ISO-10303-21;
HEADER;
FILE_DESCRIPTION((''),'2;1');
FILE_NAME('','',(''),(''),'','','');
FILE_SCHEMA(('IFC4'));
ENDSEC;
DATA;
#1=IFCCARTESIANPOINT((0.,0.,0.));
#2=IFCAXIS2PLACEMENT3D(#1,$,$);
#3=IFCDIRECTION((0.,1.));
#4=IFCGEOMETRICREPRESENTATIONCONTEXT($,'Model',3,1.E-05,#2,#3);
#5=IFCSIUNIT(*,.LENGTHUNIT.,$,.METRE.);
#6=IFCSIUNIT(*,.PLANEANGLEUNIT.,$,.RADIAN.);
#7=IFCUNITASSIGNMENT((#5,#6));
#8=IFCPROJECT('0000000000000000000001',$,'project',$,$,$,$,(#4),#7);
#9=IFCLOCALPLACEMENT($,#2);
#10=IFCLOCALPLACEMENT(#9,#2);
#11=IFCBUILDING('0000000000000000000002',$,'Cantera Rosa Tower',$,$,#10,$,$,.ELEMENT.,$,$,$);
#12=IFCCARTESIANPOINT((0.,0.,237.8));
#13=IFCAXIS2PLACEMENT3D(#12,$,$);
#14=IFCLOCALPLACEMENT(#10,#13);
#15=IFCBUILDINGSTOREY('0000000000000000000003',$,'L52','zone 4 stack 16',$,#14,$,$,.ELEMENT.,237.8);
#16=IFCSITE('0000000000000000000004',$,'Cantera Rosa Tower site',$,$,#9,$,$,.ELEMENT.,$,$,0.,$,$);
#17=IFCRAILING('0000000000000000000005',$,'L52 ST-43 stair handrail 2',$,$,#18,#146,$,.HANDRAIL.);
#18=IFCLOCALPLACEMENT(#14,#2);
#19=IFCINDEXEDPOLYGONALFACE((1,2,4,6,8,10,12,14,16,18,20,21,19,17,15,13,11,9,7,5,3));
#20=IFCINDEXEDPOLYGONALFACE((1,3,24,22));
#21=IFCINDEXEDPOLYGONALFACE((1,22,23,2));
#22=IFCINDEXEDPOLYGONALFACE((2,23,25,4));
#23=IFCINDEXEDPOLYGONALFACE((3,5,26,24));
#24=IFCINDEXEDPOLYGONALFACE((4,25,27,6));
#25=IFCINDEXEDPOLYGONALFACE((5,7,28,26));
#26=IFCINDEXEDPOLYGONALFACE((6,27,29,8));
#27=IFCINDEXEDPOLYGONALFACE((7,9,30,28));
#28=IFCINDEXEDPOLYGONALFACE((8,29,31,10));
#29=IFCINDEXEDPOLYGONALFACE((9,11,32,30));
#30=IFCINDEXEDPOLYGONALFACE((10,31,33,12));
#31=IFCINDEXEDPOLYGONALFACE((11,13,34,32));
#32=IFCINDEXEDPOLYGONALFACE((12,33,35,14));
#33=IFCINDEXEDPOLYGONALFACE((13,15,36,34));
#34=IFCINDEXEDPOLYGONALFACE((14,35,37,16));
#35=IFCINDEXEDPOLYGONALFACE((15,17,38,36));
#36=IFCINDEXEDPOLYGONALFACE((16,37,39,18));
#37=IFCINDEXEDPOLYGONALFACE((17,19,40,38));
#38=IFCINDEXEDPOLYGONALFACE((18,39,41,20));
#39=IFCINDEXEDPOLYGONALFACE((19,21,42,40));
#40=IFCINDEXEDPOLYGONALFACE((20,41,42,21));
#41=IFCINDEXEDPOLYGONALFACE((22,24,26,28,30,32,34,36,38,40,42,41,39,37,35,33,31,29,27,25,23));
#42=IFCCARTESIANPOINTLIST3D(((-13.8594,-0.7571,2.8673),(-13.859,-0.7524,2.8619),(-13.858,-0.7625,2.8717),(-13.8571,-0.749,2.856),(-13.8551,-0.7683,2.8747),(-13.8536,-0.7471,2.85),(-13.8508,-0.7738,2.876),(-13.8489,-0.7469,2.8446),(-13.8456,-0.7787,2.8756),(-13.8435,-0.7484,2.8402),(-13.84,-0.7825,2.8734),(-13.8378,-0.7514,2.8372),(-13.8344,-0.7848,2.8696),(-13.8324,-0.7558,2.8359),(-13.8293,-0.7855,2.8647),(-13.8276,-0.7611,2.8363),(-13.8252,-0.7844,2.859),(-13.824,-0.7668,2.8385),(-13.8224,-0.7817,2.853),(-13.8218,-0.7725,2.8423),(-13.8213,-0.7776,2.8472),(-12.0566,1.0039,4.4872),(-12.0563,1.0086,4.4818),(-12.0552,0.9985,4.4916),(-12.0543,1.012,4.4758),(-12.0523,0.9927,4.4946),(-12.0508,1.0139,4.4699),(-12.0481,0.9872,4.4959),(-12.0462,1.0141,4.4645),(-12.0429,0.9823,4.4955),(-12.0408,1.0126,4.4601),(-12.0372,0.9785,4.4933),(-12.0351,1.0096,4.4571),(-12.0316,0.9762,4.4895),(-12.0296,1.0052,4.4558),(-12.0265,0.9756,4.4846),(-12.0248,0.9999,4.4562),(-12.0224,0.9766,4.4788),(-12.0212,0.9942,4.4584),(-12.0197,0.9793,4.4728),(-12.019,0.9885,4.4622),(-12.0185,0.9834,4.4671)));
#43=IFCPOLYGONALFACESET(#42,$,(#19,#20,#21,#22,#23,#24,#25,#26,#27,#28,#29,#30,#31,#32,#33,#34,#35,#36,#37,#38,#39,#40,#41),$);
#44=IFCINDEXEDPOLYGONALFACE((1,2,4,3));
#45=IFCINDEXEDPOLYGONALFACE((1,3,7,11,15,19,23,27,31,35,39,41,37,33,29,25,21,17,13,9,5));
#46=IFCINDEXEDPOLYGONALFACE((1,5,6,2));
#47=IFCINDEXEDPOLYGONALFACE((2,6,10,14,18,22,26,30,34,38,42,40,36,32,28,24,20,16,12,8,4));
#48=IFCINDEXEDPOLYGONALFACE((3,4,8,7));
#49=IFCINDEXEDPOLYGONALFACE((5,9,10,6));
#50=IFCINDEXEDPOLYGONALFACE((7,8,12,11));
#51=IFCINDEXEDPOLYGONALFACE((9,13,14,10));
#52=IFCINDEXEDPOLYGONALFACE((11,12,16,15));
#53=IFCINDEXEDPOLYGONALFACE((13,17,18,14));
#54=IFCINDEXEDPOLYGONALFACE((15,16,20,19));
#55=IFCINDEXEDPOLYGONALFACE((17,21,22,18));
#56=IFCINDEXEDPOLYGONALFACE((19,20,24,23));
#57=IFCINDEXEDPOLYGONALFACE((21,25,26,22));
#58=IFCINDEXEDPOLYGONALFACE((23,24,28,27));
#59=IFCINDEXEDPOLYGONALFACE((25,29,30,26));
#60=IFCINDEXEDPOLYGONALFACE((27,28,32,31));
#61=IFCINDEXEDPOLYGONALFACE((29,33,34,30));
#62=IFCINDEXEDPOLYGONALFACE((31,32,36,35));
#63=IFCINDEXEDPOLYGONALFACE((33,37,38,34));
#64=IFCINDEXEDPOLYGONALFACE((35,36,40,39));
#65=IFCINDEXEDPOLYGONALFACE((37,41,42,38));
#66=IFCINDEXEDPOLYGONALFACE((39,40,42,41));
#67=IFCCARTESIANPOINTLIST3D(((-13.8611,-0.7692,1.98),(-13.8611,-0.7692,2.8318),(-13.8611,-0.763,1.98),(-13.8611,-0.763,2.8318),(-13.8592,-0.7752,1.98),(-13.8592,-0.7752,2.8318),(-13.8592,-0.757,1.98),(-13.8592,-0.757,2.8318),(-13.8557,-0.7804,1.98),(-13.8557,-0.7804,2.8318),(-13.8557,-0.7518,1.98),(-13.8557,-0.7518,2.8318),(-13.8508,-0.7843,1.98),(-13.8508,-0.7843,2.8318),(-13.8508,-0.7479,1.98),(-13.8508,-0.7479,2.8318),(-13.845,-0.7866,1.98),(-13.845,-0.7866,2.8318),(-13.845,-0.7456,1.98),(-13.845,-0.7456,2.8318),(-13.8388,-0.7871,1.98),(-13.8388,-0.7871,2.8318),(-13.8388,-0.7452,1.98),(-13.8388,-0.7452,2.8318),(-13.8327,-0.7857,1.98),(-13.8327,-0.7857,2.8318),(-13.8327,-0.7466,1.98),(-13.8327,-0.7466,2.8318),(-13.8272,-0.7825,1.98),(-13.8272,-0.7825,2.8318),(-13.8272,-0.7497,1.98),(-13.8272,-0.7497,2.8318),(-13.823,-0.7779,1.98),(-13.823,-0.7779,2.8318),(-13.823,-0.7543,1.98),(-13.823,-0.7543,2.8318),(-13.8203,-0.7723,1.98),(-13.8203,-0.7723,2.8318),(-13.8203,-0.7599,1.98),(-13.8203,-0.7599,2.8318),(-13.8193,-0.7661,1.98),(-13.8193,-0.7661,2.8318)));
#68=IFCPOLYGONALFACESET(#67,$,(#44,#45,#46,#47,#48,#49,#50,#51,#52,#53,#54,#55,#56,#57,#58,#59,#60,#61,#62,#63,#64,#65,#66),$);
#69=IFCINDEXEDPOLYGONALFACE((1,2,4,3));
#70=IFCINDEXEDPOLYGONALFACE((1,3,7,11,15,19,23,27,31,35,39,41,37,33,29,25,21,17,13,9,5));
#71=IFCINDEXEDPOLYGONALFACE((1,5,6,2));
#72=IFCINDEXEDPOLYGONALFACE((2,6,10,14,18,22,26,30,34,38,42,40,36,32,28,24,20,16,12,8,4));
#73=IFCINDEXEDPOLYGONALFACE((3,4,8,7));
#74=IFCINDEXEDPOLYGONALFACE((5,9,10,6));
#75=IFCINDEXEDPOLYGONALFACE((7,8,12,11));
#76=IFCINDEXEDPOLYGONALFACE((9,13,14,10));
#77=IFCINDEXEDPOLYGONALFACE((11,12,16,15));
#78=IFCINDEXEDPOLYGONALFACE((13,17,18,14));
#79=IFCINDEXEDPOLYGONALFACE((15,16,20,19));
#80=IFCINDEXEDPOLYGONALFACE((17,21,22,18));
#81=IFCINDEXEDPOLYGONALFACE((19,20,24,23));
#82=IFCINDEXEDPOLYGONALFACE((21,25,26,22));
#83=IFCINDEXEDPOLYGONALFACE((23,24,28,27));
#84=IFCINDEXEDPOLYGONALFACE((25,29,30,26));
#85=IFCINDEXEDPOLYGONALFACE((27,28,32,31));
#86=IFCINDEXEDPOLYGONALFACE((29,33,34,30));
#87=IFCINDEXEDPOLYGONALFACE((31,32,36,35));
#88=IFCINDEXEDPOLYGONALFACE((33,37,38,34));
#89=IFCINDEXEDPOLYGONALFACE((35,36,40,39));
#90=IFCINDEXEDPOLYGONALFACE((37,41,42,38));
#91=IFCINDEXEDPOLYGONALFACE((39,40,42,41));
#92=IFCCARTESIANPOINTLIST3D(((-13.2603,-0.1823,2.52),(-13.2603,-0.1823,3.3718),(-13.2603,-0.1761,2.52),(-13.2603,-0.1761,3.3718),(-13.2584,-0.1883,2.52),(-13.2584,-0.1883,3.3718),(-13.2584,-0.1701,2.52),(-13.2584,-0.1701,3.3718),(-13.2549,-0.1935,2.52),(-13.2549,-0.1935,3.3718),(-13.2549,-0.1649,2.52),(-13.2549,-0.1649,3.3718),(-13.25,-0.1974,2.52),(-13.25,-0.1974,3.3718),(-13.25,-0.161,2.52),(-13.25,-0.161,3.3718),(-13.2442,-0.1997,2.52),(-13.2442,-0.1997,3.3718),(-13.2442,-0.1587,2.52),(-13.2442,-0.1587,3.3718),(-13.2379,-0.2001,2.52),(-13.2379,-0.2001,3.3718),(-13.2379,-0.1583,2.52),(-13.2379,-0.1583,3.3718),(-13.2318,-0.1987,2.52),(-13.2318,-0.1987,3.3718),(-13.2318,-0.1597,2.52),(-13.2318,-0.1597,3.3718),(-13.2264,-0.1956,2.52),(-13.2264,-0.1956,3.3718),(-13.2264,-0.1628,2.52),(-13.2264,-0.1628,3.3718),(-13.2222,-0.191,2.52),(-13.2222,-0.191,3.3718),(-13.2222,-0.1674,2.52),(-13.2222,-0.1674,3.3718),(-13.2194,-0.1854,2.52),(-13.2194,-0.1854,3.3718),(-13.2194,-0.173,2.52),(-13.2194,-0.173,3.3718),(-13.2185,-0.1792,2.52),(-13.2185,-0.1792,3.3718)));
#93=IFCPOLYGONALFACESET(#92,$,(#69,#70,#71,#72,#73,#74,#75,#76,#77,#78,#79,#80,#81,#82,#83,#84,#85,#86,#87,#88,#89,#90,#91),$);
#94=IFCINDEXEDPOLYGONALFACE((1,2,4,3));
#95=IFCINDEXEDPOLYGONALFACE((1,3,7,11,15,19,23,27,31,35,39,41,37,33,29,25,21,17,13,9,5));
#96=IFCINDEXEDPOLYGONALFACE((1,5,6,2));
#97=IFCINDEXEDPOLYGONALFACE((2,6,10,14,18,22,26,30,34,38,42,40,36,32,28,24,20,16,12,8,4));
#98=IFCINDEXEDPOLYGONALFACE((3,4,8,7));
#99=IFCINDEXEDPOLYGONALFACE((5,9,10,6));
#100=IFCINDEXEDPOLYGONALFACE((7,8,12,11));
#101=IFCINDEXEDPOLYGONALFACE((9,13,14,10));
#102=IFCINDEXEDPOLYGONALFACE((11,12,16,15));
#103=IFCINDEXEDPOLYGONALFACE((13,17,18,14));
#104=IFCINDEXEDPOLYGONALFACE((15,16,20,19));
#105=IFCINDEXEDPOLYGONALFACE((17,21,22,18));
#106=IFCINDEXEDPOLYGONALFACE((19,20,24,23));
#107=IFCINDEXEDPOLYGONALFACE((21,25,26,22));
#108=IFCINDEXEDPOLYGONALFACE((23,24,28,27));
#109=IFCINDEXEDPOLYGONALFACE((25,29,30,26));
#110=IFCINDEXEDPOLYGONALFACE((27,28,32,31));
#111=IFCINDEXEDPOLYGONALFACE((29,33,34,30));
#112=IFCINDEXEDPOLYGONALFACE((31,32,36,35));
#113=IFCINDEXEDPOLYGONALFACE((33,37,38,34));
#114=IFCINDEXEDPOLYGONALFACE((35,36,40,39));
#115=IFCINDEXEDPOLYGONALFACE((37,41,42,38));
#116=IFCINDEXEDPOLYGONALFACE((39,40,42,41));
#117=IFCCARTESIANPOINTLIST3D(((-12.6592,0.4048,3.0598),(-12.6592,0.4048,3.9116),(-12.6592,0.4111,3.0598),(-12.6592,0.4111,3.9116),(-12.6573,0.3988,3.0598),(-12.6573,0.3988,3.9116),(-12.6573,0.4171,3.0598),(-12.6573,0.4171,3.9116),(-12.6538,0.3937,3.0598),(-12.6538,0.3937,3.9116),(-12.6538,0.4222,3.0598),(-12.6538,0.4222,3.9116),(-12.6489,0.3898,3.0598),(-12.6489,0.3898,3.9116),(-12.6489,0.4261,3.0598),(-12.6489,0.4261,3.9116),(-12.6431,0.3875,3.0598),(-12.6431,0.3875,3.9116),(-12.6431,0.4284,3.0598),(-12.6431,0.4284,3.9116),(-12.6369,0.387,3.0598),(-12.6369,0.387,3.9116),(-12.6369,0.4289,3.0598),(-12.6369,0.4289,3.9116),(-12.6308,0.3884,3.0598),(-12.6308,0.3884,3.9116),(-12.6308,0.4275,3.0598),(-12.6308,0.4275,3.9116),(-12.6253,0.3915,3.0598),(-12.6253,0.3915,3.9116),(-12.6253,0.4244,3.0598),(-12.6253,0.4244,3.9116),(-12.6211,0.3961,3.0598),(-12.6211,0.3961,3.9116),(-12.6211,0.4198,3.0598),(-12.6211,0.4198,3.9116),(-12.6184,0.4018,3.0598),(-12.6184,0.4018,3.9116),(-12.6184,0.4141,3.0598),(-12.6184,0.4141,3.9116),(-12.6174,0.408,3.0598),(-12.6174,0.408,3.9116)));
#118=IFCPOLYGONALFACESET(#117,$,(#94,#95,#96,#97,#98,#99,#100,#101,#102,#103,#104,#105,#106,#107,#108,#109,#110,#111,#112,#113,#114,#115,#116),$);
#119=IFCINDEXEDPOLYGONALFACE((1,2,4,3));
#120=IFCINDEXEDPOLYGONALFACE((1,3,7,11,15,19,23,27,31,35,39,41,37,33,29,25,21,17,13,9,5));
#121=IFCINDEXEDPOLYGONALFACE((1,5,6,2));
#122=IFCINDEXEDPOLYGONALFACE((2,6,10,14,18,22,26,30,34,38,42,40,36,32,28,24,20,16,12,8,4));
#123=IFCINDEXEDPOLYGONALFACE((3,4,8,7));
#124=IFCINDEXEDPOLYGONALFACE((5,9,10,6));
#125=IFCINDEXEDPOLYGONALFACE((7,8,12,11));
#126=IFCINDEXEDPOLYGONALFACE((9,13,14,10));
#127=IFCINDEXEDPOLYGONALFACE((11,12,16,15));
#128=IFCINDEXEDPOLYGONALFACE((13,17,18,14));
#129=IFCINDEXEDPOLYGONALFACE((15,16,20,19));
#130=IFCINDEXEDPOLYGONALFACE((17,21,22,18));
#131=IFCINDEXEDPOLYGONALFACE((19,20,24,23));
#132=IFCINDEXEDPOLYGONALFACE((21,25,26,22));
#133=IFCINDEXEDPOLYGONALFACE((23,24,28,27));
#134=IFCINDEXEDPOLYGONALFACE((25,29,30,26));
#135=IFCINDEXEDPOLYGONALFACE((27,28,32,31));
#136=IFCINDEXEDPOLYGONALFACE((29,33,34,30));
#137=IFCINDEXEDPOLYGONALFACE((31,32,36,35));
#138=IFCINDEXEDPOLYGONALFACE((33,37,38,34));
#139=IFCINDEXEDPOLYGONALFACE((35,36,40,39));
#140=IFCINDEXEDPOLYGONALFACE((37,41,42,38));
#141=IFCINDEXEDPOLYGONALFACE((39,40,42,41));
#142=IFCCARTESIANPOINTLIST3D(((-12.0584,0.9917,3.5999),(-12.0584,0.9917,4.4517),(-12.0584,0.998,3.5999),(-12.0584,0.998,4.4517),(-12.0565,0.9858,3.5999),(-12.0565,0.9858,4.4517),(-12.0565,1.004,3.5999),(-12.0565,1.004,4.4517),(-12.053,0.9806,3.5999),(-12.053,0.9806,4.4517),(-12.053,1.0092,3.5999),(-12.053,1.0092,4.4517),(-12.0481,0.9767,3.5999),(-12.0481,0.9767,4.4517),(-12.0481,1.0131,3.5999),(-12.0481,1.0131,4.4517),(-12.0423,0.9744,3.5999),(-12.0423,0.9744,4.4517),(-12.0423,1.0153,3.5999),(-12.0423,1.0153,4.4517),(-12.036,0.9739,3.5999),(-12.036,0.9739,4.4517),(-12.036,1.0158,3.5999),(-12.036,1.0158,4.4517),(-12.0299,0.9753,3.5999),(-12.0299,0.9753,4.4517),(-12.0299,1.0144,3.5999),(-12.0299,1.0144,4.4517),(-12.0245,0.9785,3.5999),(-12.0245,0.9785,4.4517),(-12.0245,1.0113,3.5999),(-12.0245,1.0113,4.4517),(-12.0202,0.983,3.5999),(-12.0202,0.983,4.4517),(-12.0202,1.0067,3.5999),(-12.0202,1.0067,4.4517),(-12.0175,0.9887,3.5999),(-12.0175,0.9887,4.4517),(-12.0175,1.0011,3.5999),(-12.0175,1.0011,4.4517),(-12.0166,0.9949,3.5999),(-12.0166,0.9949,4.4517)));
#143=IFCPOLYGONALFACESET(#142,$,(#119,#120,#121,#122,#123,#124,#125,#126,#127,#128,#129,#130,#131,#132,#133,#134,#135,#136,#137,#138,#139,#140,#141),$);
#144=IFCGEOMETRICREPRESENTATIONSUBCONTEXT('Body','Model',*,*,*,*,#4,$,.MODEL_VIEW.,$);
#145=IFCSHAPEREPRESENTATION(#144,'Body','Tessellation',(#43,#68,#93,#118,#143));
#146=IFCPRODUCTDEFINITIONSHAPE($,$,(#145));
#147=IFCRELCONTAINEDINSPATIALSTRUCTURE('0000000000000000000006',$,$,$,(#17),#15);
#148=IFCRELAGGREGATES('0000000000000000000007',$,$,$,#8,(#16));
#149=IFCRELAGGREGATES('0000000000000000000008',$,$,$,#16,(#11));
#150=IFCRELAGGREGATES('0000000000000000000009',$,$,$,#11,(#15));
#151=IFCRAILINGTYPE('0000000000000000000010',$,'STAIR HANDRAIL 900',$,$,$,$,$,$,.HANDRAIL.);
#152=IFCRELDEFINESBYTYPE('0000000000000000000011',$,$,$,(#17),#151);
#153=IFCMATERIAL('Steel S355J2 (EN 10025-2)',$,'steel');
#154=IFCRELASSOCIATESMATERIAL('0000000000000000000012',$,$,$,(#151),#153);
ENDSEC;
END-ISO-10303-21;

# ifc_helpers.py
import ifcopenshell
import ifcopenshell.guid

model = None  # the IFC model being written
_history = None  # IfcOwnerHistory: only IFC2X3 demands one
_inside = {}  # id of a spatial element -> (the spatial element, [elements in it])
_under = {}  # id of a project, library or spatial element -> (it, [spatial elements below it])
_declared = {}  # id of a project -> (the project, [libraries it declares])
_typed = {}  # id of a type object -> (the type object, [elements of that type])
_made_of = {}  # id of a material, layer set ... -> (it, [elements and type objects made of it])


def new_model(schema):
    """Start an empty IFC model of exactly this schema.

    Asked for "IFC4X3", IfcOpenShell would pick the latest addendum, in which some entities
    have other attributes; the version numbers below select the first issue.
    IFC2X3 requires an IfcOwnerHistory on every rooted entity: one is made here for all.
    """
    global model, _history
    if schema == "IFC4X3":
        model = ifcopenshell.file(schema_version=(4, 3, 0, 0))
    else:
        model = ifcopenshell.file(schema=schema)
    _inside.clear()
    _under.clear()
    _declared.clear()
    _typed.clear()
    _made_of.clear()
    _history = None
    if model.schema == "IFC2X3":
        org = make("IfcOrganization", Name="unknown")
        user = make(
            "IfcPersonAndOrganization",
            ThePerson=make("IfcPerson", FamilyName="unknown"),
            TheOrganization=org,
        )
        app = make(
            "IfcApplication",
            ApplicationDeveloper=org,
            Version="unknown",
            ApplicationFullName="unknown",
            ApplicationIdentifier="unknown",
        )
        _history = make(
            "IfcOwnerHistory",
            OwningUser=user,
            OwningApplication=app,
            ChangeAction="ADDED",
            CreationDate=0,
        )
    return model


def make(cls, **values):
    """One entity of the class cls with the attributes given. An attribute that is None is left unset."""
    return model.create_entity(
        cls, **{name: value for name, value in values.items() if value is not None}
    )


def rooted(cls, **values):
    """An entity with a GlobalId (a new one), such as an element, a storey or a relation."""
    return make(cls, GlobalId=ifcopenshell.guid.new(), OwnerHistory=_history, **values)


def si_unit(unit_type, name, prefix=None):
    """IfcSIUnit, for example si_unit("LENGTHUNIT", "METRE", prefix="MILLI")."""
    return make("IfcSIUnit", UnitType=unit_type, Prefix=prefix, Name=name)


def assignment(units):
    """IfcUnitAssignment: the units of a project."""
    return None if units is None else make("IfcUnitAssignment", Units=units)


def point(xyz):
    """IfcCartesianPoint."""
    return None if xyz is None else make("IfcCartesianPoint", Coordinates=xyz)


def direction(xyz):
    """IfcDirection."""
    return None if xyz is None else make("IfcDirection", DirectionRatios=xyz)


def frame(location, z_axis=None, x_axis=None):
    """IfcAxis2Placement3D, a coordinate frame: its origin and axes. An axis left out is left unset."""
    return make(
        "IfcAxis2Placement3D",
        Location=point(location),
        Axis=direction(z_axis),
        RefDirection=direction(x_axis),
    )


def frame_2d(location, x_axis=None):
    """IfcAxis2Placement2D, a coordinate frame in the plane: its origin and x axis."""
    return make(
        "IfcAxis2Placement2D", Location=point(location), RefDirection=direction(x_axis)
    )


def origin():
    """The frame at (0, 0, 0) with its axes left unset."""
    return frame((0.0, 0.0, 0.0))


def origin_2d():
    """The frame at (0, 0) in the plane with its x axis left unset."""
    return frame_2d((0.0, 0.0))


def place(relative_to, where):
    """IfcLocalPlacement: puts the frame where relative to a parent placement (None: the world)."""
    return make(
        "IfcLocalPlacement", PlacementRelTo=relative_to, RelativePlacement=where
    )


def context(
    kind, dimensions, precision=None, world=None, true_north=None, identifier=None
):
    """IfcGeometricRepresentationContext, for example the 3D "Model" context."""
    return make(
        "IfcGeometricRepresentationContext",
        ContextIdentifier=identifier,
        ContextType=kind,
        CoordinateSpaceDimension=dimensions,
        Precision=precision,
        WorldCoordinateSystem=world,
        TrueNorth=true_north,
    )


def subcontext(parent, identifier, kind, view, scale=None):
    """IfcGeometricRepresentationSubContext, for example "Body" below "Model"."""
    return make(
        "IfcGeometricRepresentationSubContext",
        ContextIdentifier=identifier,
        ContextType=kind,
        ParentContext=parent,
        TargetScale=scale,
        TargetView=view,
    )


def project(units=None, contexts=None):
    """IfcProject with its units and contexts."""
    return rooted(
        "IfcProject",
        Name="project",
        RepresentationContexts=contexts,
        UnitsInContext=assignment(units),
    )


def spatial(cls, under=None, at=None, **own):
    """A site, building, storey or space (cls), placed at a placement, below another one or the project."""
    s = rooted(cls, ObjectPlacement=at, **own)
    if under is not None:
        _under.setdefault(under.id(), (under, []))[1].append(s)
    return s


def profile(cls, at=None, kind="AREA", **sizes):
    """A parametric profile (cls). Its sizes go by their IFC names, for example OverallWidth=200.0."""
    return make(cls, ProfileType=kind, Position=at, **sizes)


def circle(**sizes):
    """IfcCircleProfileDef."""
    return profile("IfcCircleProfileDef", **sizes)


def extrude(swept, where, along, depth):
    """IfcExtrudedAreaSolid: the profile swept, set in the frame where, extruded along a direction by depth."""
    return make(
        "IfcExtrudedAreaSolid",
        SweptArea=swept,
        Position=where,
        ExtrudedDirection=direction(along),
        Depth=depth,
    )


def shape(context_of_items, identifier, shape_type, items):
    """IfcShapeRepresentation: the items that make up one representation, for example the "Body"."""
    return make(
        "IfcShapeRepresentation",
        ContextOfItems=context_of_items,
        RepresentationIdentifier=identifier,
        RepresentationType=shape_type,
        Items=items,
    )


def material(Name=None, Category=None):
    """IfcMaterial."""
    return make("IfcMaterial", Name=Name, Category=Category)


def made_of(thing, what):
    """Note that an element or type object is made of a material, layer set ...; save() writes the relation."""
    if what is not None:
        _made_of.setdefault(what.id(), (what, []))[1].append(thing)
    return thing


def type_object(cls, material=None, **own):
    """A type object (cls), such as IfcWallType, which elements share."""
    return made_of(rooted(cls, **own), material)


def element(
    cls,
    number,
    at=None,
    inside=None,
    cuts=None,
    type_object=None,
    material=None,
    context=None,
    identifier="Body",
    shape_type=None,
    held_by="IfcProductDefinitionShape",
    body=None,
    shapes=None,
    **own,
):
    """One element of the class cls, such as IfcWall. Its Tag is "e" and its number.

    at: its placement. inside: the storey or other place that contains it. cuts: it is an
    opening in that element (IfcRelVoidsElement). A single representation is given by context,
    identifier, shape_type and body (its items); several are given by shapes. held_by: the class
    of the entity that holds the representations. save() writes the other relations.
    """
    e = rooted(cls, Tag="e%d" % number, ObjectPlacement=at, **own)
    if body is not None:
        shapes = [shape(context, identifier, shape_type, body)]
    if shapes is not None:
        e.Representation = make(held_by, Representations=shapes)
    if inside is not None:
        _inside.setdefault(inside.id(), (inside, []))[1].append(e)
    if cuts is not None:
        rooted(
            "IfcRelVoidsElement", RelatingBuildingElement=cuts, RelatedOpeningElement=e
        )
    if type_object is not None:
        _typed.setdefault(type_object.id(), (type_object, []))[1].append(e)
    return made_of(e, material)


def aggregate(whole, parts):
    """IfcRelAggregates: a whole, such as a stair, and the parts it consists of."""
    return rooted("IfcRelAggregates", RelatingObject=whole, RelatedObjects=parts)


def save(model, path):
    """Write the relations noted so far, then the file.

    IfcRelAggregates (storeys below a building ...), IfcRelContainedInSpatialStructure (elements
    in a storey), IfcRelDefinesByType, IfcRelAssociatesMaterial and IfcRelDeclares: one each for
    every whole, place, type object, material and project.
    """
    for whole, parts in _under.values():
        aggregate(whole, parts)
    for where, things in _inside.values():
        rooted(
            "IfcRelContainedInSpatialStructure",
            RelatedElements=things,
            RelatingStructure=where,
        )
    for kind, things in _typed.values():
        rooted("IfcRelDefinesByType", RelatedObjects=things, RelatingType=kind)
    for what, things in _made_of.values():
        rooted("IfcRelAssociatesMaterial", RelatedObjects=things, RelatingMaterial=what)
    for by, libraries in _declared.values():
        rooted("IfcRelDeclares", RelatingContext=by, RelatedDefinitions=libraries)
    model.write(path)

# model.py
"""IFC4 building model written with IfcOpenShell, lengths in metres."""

from ifc_helpers import new_model, si_unit, direction, frame, origin, origin_2d, place, context, subcontext, project, spatial, circle, extrude, material, type_object, element, save


model = new_model("IFC4")

# Units and contexts
model_context = context("Model", 3, precision=1e-05, world=origin(), true_north=direction((0.0, 1.0)))
body_context = subcontext(model_context, "Body", "Model", "MODEL_VIEW")
ifc_project = project(units=[si_unit("LENGTHUNIT", "METRE"), si_unit("PLANEANGLEUNIT", "RADIAN")], contexts=[model_context])

# Site, building, storey
site_placement = place(None, origin())
site = spatial("IfcSite", under=ifc_project, at=site_placement, Name="Cantera Rosa Tower site", CompositionType="ELEMENT", RefElevation=0.0)
building_placement = place(site_placement, origin())
building = spatial("IfcBuilding", under=site, at=building_placement, Name="Cantera Rosa Tower", CompositionType="ELEMENT")
storey_placement = place(building_placement, frame((0.0, 0.0, 237.8)))
storey = spatial("IfcBuildingStorey", under=building, at=storey_placement, Name="L52", Description="zone 4 stack 16", CompositionType="ELEMENT", Elevation=237.8)

# Railing
ifc_material_1 = material(Name="Steel S355J2 (EN 10025-2)", Category="steel")
railing_type_1 = type_object("IfcRailingType", Name="STAIR HANDRAIL 900", PredefinedType="HANDRAIL", material=ifc_material_1)
railing_1_placement = place(storey_placement, frame((-13.8403, -0.7661, 1.98)))
element("IfcRailing", 1, at=railing_1_placement, inside=storey, type_object=railing_type_1, Name="L52 ST-43 stair handrail 2", PredefinedType="HANDRAIL", context=body_context, shape_type="SweptSolid", body=[
    extrude(circle(Radius=0.0239, at=origin_2d()), frame((0.0, 0.0, 0.876), z_axis=(0.601751, 0.587815, 0.540712), x_axis=(-0.698775, 0.715341, 0.0)), (0.0, 0.0, 1.0), 2.9958),
    extrude(circle(Radius=0.021, at=origin_2d()), origin(), (0.0, 0.0, 1.0), 0.8518),
    extrude(circle(Radius=0.021, at=origin_2d()), frame((0.6008, 0.5869, 0.54)), (0.0, 0.0, 1.0), 0.8518),
    extrude(circle(Radius=0.021, at=origin_2d()), frame((1.2019, 1.1741, 1.0798)), (0.0, 0.0, 1.0), 0.8518),
    extrude(circle(Radius=0.021, at=origin_2d()), frame((1.8027, 1.761, 1.6199)), (0.0, 0.0, 1.0), 0.8518),
])

save(model, "model.ifc")
